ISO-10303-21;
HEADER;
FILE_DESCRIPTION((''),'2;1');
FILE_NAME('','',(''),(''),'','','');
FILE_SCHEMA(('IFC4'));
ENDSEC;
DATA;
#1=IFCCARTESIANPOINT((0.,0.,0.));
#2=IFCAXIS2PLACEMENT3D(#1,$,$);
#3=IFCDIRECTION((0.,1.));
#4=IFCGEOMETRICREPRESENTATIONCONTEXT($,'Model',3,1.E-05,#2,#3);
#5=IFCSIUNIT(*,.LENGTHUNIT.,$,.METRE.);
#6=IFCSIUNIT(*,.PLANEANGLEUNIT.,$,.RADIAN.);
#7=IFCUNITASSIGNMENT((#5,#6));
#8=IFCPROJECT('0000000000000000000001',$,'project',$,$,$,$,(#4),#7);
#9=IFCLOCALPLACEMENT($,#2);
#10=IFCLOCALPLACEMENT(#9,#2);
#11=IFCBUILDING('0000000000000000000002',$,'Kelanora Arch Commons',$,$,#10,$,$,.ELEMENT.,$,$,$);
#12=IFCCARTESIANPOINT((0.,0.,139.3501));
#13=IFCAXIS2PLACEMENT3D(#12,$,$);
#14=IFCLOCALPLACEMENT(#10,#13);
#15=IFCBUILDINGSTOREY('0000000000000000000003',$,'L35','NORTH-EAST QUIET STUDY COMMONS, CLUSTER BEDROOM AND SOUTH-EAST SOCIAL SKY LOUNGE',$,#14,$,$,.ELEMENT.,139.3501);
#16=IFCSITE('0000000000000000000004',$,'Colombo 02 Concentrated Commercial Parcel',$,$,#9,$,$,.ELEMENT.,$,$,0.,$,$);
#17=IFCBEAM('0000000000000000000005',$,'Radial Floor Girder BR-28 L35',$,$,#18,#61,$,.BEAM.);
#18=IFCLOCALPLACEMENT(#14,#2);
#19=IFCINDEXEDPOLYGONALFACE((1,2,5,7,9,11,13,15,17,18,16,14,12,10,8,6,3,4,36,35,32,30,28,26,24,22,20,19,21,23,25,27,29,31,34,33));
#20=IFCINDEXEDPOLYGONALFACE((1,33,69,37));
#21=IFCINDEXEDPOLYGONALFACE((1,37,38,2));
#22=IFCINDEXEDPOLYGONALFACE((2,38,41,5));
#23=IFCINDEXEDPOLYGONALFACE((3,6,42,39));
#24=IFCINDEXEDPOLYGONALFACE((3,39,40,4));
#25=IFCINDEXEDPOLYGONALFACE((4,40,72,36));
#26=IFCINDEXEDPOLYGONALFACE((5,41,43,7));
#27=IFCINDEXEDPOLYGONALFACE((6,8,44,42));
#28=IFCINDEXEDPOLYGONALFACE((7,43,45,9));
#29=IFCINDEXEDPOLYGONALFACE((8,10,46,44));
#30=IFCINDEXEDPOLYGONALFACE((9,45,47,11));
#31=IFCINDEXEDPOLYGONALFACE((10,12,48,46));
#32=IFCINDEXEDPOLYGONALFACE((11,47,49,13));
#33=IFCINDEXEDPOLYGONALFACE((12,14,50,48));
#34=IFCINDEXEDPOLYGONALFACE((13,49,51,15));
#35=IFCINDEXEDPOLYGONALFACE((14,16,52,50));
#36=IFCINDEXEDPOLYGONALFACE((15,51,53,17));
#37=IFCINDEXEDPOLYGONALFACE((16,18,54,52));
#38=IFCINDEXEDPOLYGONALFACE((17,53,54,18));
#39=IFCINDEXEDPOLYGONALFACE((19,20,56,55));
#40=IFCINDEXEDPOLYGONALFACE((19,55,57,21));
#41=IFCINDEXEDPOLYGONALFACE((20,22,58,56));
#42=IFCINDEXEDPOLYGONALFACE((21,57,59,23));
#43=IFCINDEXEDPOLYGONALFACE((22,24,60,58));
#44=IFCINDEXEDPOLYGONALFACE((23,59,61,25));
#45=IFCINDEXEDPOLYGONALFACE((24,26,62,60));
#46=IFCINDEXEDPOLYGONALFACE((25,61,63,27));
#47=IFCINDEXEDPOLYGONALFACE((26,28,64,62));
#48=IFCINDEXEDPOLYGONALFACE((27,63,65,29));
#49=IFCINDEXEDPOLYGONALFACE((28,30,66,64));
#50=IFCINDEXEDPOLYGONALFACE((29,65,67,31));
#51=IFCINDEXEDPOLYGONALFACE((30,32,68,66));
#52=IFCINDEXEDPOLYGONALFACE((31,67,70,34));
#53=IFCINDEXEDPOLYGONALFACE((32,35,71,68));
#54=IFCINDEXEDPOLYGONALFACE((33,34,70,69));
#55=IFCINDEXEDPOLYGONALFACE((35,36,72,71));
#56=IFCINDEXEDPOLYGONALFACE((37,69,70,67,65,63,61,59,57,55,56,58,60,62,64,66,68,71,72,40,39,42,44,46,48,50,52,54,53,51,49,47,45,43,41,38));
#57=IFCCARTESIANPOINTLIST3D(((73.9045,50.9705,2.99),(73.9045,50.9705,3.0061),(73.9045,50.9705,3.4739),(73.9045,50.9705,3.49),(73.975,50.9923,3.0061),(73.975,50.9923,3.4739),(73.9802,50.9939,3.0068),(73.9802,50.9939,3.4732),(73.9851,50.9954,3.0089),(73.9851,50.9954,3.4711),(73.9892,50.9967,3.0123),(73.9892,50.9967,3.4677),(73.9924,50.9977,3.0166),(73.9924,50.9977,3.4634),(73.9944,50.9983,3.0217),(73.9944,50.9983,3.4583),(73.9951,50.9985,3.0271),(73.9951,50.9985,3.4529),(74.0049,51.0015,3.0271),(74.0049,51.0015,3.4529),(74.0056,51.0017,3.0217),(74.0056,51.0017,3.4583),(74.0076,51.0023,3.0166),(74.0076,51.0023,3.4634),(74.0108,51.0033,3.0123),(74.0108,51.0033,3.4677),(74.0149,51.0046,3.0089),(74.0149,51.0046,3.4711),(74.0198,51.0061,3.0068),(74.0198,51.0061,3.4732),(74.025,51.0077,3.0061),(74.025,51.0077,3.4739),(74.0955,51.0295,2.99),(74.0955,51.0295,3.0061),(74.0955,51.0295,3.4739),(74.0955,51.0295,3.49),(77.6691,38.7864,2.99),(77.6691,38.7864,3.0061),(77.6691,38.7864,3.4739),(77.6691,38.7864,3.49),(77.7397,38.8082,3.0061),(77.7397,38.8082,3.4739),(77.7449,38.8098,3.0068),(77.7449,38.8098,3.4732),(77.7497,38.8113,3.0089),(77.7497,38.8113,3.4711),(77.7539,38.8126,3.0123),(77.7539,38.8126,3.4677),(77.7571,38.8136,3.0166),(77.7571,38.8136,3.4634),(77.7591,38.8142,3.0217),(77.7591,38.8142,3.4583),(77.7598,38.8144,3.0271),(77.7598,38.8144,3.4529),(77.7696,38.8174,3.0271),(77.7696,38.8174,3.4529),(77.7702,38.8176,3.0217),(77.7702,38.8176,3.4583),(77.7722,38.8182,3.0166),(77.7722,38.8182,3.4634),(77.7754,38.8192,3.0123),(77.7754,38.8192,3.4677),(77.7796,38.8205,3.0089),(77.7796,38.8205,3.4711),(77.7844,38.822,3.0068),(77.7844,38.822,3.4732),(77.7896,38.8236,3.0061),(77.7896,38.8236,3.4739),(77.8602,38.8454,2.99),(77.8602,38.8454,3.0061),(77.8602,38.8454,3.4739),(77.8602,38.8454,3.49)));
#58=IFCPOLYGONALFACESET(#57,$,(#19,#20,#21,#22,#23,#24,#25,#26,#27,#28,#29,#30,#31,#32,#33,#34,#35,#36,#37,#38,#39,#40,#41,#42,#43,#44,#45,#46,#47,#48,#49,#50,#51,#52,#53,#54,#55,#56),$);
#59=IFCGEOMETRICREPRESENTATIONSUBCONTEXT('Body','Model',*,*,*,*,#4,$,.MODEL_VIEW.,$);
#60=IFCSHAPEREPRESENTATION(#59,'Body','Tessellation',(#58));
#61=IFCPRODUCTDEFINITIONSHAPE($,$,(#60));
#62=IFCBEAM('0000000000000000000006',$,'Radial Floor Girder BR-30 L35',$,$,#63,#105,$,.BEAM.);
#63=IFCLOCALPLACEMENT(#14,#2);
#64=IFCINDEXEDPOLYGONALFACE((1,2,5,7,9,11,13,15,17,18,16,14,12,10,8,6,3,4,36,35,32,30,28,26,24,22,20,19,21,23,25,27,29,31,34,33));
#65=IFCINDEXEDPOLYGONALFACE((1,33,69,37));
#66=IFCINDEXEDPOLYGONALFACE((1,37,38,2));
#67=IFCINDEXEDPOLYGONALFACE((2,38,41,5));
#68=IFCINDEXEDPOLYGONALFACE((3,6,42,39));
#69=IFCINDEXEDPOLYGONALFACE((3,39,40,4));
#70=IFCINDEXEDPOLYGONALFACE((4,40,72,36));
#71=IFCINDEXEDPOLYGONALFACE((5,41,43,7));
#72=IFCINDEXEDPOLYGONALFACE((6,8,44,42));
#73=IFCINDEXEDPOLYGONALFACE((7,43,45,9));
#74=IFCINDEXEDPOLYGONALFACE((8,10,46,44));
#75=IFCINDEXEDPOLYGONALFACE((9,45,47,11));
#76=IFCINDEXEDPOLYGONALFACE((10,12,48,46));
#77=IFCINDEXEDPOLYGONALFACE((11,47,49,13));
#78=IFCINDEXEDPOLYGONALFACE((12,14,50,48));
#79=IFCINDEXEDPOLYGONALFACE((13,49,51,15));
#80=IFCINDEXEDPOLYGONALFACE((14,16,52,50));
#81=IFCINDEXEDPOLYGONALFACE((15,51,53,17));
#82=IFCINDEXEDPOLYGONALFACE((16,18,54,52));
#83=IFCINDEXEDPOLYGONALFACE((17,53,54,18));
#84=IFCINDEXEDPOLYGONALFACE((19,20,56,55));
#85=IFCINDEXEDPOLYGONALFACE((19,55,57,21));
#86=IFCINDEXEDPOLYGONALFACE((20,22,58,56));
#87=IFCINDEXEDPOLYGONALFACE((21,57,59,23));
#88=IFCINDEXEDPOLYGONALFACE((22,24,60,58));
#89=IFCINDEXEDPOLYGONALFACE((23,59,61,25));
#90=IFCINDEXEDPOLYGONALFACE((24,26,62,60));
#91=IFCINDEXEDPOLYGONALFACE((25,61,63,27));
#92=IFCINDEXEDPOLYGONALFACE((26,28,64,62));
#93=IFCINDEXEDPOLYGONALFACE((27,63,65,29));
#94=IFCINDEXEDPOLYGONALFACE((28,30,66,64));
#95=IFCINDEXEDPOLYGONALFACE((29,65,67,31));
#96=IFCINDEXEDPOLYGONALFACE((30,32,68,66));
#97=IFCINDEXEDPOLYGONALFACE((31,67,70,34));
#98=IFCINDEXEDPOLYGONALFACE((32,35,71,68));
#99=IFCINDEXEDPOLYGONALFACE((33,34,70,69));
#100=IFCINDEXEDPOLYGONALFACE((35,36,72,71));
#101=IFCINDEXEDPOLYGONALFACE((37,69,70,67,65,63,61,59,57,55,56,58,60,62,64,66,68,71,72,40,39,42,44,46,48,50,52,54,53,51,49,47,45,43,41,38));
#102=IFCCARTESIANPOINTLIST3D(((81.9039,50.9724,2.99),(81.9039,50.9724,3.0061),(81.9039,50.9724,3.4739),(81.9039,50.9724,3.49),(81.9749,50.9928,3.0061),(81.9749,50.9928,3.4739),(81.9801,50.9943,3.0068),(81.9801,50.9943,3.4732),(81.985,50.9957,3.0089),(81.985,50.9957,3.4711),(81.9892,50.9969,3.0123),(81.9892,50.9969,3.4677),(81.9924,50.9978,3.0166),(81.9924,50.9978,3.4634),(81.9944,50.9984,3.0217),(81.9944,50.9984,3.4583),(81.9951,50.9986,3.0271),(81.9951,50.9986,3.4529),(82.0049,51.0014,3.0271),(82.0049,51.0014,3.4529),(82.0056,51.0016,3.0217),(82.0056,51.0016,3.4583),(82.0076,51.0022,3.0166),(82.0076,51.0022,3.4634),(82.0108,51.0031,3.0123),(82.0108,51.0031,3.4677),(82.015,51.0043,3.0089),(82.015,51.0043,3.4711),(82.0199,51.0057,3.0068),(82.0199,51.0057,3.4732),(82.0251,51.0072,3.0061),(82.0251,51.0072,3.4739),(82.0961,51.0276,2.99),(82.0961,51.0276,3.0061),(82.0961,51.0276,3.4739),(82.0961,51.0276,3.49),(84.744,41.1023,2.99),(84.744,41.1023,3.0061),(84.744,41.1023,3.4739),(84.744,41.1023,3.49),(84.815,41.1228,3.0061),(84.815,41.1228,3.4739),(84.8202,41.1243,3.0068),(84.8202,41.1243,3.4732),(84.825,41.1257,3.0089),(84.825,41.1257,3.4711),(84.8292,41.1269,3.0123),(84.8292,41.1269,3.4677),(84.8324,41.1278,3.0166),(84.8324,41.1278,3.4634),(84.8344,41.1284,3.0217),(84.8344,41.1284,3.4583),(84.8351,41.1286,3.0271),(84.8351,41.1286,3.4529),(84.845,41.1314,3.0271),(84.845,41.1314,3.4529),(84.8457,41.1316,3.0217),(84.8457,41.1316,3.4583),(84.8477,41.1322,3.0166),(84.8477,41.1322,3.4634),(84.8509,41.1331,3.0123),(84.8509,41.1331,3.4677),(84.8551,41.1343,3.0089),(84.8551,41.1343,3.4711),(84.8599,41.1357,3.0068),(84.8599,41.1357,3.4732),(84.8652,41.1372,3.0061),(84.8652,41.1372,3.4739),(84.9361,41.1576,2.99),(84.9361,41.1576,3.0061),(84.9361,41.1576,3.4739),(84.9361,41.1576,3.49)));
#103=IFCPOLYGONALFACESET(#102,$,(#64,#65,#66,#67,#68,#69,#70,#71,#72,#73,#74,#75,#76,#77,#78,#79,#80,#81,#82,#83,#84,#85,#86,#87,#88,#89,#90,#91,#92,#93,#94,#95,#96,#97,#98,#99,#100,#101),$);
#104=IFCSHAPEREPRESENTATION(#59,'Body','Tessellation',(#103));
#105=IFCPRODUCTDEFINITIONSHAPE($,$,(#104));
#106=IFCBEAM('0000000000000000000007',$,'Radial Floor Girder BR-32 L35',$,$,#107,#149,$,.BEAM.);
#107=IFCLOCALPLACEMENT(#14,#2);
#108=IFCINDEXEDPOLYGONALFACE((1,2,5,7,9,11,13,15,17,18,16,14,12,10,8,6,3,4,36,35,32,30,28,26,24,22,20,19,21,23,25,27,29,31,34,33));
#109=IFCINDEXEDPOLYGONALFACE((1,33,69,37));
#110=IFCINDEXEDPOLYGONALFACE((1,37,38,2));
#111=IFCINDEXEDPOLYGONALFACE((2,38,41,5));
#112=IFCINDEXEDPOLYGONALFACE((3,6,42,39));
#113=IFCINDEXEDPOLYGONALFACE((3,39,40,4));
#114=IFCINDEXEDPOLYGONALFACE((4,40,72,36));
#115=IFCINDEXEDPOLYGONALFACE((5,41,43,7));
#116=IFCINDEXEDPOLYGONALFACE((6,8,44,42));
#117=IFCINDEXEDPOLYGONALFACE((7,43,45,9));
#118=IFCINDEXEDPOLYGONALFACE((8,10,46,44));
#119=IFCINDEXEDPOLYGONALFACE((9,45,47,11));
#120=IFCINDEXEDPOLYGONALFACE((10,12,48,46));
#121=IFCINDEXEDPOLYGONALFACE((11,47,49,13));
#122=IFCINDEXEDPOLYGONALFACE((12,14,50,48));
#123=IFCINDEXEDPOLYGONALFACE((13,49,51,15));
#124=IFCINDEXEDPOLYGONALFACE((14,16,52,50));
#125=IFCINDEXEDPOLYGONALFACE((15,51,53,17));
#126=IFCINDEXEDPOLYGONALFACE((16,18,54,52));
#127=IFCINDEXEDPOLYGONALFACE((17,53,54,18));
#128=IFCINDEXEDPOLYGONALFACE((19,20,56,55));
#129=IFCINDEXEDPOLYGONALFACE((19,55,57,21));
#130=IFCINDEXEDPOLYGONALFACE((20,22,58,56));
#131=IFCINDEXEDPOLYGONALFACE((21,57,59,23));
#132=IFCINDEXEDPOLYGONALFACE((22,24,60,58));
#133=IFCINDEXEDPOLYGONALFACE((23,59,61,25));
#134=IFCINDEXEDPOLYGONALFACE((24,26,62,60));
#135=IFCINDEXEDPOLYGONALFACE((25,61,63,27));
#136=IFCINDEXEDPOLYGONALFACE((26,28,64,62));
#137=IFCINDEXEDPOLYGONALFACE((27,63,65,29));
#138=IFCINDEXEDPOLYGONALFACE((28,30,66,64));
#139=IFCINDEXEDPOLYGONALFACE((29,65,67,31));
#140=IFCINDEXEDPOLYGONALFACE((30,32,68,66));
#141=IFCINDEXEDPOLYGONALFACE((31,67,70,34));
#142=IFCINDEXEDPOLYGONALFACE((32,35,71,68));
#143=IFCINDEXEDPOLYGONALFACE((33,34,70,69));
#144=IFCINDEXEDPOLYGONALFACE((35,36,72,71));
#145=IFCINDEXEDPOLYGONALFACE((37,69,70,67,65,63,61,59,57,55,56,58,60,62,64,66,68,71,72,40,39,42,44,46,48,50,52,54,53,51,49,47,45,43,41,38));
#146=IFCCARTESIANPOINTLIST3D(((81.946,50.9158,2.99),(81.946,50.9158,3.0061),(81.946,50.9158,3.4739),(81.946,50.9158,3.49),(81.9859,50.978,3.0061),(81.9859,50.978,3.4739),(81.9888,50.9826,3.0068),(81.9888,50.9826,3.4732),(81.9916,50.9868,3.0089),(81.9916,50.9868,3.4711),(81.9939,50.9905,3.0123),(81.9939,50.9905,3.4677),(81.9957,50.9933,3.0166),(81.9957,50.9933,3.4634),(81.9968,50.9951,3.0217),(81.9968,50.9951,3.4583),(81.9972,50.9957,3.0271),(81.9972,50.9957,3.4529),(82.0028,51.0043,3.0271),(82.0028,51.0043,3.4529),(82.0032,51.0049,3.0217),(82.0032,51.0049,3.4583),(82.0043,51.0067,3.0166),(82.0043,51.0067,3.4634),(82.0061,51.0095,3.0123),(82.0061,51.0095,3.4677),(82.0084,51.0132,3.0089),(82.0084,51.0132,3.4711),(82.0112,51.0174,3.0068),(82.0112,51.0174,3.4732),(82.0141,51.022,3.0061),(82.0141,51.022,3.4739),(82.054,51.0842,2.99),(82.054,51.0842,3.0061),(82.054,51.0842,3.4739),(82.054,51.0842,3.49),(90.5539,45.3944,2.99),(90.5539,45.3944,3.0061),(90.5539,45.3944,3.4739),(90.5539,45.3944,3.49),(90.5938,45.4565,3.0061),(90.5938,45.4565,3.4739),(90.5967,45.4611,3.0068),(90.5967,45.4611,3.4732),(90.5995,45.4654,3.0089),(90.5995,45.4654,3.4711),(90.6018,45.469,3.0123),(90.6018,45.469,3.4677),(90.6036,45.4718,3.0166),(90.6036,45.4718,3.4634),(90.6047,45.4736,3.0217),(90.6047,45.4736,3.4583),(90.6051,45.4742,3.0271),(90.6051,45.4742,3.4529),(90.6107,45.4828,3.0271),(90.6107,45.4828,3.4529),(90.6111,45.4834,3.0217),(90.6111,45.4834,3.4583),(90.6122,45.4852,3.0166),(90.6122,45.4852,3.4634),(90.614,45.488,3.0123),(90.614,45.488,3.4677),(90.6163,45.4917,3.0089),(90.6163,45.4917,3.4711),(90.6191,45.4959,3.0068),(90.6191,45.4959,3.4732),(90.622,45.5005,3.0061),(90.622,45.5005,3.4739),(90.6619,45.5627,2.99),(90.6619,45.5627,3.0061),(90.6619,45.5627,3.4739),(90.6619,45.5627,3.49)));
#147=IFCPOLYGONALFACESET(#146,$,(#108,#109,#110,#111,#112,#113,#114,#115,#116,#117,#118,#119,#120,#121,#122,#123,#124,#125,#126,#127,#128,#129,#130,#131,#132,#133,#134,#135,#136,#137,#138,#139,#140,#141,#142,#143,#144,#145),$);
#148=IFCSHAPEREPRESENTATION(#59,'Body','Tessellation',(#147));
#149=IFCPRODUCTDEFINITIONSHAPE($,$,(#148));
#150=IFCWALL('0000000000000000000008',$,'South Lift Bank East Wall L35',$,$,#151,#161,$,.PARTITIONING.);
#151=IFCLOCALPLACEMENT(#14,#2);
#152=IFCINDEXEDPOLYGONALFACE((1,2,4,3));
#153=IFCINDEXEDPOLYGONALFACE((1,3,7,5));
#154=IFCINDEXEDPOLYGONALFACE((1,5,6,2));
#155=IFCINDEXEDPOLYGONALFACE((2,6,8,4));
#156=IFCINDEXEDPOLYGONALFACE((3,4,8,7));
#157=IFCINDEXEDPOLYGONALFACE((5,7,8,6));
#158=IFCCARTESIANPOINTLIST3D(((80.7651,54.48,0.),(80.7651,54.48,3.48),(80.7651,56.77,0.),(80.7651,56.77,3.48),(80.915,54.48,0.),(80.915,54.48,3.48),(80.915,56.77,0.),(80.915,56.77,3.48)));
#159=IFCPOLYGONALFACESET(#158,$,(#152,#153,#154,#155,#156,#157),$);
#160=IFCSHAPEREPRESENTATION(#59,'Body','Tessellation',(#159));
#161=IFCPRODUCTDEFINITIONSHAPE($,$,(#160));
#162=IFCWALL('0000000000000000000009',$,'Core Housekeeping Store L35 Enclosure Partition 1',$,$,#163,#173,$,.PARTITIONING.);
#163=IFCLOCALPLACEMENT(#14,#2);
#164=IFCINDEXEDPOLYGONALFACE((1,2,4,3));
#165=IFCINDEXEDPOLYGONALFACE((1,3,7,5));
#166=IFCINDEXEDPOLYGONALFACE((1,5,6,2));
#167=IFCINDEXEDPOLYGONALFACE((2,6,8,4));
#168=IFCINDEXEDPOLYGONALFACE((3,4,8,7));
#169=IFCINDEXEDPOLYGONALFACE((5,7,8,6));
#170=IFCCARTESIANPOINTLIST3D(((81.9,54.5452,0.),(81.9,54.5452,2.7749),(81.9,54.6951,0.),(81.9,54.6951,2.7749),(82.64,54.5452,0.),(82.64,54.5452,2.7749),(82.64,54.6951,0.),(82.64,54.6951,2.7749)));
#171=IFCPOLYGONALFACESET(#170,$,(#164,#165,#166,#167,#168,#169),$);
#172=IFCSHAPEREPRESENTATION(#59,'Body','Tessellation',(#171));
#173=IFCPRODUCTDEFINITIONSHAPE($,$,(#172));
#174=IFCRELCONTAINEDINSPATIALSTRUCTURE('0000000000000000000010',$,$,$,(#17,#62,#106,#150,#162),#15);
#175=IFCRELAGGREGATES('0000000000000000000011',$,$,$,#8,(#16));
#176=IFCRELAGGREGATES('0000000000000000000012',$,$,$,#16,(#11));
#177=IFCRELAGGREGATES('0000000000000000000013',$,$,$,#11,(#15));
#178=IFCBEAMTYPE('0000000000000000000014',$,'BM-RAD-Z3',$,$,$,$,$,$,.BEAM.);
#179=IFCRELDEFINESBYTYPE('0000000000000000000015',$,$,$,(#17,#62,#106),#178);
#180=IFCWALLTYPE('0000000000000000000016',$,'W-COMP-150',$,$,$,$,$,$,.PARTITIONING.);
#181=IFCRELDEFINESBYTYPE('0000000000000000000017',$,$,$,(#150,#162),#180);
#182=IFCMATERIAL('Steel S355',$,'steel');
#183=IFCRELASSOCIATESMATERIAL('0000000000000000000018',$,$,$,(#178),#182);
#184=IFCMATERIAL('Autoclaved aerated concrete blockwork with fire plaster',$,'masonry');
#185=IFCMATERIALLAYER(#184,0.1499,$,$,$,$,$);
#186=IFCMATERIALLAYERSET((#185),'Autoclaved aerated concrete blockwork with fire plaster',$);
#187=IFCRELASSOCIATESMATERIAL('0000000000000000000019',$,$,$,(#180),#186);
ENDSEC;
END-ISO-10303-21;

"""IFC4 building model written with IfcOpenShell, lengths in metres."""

from ifc_helpers import new_model, si_unit, direction, frame, frame_2d, origin, origin_2d, place, context, subcontext, project, spatial, rectangle, i_section, extrude, material, layer, layer_set, material_profile, profile_set, type_object, element, save


model = new_model("IFC4")

# Units and contexts
model_context = context("Model", 3, precision=1e-05, world=origin(), true_north=direction((0.0, 1.0)))
body_context = subcontext(model_context, "Body", "Model", "MODEL_VIEW")
ifc_project = project(units=[si_unit("LENGTHUNIT", "METRE"), si_unit("PLANEANGLEUNIT", "RADIAN")], contexts=[model_context])

# Site, building, storey
site_placement = place(None, origin())
site = spatial("IfcSite", under=ifc_project, at=site_placement, Name="Colombo 02 Concentrated Commercial Parcel", CompositionType="ELEMENT", RefElevation=0.0)
building_placement = place(site_placement, origin())
building = spatial("IfcBuilding", under=site, at=building_placement, Name="Kelanora Arch Commons", CompositionType="ELEMENT")
storey_placement = place(building_placement, frame((0.0, 0.0, 139.3501)))
storey = spatial("IfcBuildingStorey", under=building, at=storey_placement, Name="L35", Description="NORTH-EAST QUIET STUDY COMMONS, CLUSTER BEDROOM AND SOUTH-EAST SOCIAL SKY LOUNGE", CompositionType="ELEMENT", Elevation=139.3501)

# Beams
ifc_material_1 = material(Name="Steel S355", Category="steel")
ifc_material_profile_1 = material_profile(ifc_material_1, i_section(OverallWidth=0.2, OverallDepth=0.5, WebThickness=0.0103, FlangeThickness=0.0161, FilletRadius=0.021, at=origin_2d()), Name="IPE500")
ifc_profile_set_1 = profile_set([ifc_material_profile_1], Name="Steel S355")
beam_type_1 = type_object("IfcBeamType", Name="BM-RAD-Z3", PredefinedType="BEAM", material=ifc_profile_set_1)
for number, where, z_axis, x_axis, name in (
    (1, (74.0, 51.0, 3.24), (0.29521, -0.955432, 0.0), (0.955432, 0.29521, 0.0), "Radial Floor Girder BR-28 L35"),
):
    element("IfcBeam", number, at=place(storey_placement, frame(where, z_axis=z_axis, x_axis=x_axis)), inside=storey, type_object=beam_type_1, Name=name, PredefinedType="BEAM", context=body_context, shape_type="SweptSolid", body=[
        extrude(i_section(OverallWidth=0.2, OverallDepth=0.5, WebThickness=0.0103, FlangeThickness=0.0161, FilletRadius=0.021, at=origin_2d()), origin(), (0.0, 0.0, 1.0), 12.7524),
    ])
beam_1_placement = place(storey_placement, frame((82.0, 51.0, 3.24), z_axis=(0.276526, -0.961006, 0.0), x_axis=(0.961006, 0.276526, 0.0)))
element("IfcBeam", 2, at=beam_1_placement, inside=storey, type_object=beam_type_1, Name="Radial Floor Girder BR-30 L35", PredefinedType="BEAM", context=body_context, shape_type="SweptSolid", body=[
    extrude(i_section(OverallWidth=0.2, OverallDepth=0.5, WebThickness=0.0103, FlangeThickness=0.0161, FilletRadius=0.021, at=origin_2d()), origin(), (0.0, 0.0, 1.0), 10.2705),
])
beam_2_placement = place(storey_placement, frame((82.0, 51.0, 3.24), z_axis=(0.841719, -0.539915, 0.0), x_axis=(0.539915, 0.841719, 0.0)))
element("IfcBeam", 3, at=beam_2_placement, inside=storey, type_object=beam_type_1, Name="Radial Floor Girder BR-32 L35", PredefinedType="BEAM", context=body_context, shape_type="SweptSolid", body=[
    extrude(i_section(OverallWidth=0.2, OverallDepth=0.5, WebThickness=0.0103, FlangeThickness=0.0161, FilletRadius=0.021, at=origin_2d()), origin(), (0.0, 0.0, 1.0), 10.2266),
])

# Walls
ifc_material_2 = material(Name="Autoclaved aerated concrete blockwork with fire plaster", Category="masonry")
ifc_layer_1 = layer(ifc_material_2, 0.1499)
ifc_layer_set_1 = layer_set([ifc_layer_1], Name="Autoclaved aerated concrete blockwork with fire plaster")
wall_type_1 = type_object("IfcWallType", Name="W-COMP-150", PredefinedType="PARTITIONING", material=ifc_layer_set_1)
wall_1_placement = place(storey_placement, frame((80.8401, 54.48, 0.0), z_axis=(0.0, 0.0, 1.0), x_axis=(0.0, 1.0, 0.0)))
element("IfcWall", 4, at=wall_1_placement, inside=storey, type_object=wall_type_1, Name="South Lift Bank East Wall L35", PredefinedType="PARTITIONING", context=body_context, shape_type="SweptSolid", body=[
    extrude(rectangle(XDim=2.29, YDim=0.1499, at=frame_2d((1.145, 0.0))), origin(), (0.0, 0.0, 1.0), 3.48),
])
wall_2_placement = place(storey_placement, frame((81.8999, 54.6201, 0.0), z_axis=(0.0, 0.0, 1.0), x_axis=(1.0, 0.0, 0.0)))
element("IfcWall", 5, at=wall_2_placement, inside=storey, type_object=wall_type_1, Name="Core Housekeeping Store L35 Enclosure Partition 1", PredefinedType="PARTITIONING", context=body_context, shape_type="SweptSolid", body=[
    extrude(rectangle(XDim=0.74, YDim=0.1499, at=frame_2d((0.3701, 0.0))), origin(), (0.0, 0.0, 1.0), 2.7749),
])

save(model, "model.ifc")
